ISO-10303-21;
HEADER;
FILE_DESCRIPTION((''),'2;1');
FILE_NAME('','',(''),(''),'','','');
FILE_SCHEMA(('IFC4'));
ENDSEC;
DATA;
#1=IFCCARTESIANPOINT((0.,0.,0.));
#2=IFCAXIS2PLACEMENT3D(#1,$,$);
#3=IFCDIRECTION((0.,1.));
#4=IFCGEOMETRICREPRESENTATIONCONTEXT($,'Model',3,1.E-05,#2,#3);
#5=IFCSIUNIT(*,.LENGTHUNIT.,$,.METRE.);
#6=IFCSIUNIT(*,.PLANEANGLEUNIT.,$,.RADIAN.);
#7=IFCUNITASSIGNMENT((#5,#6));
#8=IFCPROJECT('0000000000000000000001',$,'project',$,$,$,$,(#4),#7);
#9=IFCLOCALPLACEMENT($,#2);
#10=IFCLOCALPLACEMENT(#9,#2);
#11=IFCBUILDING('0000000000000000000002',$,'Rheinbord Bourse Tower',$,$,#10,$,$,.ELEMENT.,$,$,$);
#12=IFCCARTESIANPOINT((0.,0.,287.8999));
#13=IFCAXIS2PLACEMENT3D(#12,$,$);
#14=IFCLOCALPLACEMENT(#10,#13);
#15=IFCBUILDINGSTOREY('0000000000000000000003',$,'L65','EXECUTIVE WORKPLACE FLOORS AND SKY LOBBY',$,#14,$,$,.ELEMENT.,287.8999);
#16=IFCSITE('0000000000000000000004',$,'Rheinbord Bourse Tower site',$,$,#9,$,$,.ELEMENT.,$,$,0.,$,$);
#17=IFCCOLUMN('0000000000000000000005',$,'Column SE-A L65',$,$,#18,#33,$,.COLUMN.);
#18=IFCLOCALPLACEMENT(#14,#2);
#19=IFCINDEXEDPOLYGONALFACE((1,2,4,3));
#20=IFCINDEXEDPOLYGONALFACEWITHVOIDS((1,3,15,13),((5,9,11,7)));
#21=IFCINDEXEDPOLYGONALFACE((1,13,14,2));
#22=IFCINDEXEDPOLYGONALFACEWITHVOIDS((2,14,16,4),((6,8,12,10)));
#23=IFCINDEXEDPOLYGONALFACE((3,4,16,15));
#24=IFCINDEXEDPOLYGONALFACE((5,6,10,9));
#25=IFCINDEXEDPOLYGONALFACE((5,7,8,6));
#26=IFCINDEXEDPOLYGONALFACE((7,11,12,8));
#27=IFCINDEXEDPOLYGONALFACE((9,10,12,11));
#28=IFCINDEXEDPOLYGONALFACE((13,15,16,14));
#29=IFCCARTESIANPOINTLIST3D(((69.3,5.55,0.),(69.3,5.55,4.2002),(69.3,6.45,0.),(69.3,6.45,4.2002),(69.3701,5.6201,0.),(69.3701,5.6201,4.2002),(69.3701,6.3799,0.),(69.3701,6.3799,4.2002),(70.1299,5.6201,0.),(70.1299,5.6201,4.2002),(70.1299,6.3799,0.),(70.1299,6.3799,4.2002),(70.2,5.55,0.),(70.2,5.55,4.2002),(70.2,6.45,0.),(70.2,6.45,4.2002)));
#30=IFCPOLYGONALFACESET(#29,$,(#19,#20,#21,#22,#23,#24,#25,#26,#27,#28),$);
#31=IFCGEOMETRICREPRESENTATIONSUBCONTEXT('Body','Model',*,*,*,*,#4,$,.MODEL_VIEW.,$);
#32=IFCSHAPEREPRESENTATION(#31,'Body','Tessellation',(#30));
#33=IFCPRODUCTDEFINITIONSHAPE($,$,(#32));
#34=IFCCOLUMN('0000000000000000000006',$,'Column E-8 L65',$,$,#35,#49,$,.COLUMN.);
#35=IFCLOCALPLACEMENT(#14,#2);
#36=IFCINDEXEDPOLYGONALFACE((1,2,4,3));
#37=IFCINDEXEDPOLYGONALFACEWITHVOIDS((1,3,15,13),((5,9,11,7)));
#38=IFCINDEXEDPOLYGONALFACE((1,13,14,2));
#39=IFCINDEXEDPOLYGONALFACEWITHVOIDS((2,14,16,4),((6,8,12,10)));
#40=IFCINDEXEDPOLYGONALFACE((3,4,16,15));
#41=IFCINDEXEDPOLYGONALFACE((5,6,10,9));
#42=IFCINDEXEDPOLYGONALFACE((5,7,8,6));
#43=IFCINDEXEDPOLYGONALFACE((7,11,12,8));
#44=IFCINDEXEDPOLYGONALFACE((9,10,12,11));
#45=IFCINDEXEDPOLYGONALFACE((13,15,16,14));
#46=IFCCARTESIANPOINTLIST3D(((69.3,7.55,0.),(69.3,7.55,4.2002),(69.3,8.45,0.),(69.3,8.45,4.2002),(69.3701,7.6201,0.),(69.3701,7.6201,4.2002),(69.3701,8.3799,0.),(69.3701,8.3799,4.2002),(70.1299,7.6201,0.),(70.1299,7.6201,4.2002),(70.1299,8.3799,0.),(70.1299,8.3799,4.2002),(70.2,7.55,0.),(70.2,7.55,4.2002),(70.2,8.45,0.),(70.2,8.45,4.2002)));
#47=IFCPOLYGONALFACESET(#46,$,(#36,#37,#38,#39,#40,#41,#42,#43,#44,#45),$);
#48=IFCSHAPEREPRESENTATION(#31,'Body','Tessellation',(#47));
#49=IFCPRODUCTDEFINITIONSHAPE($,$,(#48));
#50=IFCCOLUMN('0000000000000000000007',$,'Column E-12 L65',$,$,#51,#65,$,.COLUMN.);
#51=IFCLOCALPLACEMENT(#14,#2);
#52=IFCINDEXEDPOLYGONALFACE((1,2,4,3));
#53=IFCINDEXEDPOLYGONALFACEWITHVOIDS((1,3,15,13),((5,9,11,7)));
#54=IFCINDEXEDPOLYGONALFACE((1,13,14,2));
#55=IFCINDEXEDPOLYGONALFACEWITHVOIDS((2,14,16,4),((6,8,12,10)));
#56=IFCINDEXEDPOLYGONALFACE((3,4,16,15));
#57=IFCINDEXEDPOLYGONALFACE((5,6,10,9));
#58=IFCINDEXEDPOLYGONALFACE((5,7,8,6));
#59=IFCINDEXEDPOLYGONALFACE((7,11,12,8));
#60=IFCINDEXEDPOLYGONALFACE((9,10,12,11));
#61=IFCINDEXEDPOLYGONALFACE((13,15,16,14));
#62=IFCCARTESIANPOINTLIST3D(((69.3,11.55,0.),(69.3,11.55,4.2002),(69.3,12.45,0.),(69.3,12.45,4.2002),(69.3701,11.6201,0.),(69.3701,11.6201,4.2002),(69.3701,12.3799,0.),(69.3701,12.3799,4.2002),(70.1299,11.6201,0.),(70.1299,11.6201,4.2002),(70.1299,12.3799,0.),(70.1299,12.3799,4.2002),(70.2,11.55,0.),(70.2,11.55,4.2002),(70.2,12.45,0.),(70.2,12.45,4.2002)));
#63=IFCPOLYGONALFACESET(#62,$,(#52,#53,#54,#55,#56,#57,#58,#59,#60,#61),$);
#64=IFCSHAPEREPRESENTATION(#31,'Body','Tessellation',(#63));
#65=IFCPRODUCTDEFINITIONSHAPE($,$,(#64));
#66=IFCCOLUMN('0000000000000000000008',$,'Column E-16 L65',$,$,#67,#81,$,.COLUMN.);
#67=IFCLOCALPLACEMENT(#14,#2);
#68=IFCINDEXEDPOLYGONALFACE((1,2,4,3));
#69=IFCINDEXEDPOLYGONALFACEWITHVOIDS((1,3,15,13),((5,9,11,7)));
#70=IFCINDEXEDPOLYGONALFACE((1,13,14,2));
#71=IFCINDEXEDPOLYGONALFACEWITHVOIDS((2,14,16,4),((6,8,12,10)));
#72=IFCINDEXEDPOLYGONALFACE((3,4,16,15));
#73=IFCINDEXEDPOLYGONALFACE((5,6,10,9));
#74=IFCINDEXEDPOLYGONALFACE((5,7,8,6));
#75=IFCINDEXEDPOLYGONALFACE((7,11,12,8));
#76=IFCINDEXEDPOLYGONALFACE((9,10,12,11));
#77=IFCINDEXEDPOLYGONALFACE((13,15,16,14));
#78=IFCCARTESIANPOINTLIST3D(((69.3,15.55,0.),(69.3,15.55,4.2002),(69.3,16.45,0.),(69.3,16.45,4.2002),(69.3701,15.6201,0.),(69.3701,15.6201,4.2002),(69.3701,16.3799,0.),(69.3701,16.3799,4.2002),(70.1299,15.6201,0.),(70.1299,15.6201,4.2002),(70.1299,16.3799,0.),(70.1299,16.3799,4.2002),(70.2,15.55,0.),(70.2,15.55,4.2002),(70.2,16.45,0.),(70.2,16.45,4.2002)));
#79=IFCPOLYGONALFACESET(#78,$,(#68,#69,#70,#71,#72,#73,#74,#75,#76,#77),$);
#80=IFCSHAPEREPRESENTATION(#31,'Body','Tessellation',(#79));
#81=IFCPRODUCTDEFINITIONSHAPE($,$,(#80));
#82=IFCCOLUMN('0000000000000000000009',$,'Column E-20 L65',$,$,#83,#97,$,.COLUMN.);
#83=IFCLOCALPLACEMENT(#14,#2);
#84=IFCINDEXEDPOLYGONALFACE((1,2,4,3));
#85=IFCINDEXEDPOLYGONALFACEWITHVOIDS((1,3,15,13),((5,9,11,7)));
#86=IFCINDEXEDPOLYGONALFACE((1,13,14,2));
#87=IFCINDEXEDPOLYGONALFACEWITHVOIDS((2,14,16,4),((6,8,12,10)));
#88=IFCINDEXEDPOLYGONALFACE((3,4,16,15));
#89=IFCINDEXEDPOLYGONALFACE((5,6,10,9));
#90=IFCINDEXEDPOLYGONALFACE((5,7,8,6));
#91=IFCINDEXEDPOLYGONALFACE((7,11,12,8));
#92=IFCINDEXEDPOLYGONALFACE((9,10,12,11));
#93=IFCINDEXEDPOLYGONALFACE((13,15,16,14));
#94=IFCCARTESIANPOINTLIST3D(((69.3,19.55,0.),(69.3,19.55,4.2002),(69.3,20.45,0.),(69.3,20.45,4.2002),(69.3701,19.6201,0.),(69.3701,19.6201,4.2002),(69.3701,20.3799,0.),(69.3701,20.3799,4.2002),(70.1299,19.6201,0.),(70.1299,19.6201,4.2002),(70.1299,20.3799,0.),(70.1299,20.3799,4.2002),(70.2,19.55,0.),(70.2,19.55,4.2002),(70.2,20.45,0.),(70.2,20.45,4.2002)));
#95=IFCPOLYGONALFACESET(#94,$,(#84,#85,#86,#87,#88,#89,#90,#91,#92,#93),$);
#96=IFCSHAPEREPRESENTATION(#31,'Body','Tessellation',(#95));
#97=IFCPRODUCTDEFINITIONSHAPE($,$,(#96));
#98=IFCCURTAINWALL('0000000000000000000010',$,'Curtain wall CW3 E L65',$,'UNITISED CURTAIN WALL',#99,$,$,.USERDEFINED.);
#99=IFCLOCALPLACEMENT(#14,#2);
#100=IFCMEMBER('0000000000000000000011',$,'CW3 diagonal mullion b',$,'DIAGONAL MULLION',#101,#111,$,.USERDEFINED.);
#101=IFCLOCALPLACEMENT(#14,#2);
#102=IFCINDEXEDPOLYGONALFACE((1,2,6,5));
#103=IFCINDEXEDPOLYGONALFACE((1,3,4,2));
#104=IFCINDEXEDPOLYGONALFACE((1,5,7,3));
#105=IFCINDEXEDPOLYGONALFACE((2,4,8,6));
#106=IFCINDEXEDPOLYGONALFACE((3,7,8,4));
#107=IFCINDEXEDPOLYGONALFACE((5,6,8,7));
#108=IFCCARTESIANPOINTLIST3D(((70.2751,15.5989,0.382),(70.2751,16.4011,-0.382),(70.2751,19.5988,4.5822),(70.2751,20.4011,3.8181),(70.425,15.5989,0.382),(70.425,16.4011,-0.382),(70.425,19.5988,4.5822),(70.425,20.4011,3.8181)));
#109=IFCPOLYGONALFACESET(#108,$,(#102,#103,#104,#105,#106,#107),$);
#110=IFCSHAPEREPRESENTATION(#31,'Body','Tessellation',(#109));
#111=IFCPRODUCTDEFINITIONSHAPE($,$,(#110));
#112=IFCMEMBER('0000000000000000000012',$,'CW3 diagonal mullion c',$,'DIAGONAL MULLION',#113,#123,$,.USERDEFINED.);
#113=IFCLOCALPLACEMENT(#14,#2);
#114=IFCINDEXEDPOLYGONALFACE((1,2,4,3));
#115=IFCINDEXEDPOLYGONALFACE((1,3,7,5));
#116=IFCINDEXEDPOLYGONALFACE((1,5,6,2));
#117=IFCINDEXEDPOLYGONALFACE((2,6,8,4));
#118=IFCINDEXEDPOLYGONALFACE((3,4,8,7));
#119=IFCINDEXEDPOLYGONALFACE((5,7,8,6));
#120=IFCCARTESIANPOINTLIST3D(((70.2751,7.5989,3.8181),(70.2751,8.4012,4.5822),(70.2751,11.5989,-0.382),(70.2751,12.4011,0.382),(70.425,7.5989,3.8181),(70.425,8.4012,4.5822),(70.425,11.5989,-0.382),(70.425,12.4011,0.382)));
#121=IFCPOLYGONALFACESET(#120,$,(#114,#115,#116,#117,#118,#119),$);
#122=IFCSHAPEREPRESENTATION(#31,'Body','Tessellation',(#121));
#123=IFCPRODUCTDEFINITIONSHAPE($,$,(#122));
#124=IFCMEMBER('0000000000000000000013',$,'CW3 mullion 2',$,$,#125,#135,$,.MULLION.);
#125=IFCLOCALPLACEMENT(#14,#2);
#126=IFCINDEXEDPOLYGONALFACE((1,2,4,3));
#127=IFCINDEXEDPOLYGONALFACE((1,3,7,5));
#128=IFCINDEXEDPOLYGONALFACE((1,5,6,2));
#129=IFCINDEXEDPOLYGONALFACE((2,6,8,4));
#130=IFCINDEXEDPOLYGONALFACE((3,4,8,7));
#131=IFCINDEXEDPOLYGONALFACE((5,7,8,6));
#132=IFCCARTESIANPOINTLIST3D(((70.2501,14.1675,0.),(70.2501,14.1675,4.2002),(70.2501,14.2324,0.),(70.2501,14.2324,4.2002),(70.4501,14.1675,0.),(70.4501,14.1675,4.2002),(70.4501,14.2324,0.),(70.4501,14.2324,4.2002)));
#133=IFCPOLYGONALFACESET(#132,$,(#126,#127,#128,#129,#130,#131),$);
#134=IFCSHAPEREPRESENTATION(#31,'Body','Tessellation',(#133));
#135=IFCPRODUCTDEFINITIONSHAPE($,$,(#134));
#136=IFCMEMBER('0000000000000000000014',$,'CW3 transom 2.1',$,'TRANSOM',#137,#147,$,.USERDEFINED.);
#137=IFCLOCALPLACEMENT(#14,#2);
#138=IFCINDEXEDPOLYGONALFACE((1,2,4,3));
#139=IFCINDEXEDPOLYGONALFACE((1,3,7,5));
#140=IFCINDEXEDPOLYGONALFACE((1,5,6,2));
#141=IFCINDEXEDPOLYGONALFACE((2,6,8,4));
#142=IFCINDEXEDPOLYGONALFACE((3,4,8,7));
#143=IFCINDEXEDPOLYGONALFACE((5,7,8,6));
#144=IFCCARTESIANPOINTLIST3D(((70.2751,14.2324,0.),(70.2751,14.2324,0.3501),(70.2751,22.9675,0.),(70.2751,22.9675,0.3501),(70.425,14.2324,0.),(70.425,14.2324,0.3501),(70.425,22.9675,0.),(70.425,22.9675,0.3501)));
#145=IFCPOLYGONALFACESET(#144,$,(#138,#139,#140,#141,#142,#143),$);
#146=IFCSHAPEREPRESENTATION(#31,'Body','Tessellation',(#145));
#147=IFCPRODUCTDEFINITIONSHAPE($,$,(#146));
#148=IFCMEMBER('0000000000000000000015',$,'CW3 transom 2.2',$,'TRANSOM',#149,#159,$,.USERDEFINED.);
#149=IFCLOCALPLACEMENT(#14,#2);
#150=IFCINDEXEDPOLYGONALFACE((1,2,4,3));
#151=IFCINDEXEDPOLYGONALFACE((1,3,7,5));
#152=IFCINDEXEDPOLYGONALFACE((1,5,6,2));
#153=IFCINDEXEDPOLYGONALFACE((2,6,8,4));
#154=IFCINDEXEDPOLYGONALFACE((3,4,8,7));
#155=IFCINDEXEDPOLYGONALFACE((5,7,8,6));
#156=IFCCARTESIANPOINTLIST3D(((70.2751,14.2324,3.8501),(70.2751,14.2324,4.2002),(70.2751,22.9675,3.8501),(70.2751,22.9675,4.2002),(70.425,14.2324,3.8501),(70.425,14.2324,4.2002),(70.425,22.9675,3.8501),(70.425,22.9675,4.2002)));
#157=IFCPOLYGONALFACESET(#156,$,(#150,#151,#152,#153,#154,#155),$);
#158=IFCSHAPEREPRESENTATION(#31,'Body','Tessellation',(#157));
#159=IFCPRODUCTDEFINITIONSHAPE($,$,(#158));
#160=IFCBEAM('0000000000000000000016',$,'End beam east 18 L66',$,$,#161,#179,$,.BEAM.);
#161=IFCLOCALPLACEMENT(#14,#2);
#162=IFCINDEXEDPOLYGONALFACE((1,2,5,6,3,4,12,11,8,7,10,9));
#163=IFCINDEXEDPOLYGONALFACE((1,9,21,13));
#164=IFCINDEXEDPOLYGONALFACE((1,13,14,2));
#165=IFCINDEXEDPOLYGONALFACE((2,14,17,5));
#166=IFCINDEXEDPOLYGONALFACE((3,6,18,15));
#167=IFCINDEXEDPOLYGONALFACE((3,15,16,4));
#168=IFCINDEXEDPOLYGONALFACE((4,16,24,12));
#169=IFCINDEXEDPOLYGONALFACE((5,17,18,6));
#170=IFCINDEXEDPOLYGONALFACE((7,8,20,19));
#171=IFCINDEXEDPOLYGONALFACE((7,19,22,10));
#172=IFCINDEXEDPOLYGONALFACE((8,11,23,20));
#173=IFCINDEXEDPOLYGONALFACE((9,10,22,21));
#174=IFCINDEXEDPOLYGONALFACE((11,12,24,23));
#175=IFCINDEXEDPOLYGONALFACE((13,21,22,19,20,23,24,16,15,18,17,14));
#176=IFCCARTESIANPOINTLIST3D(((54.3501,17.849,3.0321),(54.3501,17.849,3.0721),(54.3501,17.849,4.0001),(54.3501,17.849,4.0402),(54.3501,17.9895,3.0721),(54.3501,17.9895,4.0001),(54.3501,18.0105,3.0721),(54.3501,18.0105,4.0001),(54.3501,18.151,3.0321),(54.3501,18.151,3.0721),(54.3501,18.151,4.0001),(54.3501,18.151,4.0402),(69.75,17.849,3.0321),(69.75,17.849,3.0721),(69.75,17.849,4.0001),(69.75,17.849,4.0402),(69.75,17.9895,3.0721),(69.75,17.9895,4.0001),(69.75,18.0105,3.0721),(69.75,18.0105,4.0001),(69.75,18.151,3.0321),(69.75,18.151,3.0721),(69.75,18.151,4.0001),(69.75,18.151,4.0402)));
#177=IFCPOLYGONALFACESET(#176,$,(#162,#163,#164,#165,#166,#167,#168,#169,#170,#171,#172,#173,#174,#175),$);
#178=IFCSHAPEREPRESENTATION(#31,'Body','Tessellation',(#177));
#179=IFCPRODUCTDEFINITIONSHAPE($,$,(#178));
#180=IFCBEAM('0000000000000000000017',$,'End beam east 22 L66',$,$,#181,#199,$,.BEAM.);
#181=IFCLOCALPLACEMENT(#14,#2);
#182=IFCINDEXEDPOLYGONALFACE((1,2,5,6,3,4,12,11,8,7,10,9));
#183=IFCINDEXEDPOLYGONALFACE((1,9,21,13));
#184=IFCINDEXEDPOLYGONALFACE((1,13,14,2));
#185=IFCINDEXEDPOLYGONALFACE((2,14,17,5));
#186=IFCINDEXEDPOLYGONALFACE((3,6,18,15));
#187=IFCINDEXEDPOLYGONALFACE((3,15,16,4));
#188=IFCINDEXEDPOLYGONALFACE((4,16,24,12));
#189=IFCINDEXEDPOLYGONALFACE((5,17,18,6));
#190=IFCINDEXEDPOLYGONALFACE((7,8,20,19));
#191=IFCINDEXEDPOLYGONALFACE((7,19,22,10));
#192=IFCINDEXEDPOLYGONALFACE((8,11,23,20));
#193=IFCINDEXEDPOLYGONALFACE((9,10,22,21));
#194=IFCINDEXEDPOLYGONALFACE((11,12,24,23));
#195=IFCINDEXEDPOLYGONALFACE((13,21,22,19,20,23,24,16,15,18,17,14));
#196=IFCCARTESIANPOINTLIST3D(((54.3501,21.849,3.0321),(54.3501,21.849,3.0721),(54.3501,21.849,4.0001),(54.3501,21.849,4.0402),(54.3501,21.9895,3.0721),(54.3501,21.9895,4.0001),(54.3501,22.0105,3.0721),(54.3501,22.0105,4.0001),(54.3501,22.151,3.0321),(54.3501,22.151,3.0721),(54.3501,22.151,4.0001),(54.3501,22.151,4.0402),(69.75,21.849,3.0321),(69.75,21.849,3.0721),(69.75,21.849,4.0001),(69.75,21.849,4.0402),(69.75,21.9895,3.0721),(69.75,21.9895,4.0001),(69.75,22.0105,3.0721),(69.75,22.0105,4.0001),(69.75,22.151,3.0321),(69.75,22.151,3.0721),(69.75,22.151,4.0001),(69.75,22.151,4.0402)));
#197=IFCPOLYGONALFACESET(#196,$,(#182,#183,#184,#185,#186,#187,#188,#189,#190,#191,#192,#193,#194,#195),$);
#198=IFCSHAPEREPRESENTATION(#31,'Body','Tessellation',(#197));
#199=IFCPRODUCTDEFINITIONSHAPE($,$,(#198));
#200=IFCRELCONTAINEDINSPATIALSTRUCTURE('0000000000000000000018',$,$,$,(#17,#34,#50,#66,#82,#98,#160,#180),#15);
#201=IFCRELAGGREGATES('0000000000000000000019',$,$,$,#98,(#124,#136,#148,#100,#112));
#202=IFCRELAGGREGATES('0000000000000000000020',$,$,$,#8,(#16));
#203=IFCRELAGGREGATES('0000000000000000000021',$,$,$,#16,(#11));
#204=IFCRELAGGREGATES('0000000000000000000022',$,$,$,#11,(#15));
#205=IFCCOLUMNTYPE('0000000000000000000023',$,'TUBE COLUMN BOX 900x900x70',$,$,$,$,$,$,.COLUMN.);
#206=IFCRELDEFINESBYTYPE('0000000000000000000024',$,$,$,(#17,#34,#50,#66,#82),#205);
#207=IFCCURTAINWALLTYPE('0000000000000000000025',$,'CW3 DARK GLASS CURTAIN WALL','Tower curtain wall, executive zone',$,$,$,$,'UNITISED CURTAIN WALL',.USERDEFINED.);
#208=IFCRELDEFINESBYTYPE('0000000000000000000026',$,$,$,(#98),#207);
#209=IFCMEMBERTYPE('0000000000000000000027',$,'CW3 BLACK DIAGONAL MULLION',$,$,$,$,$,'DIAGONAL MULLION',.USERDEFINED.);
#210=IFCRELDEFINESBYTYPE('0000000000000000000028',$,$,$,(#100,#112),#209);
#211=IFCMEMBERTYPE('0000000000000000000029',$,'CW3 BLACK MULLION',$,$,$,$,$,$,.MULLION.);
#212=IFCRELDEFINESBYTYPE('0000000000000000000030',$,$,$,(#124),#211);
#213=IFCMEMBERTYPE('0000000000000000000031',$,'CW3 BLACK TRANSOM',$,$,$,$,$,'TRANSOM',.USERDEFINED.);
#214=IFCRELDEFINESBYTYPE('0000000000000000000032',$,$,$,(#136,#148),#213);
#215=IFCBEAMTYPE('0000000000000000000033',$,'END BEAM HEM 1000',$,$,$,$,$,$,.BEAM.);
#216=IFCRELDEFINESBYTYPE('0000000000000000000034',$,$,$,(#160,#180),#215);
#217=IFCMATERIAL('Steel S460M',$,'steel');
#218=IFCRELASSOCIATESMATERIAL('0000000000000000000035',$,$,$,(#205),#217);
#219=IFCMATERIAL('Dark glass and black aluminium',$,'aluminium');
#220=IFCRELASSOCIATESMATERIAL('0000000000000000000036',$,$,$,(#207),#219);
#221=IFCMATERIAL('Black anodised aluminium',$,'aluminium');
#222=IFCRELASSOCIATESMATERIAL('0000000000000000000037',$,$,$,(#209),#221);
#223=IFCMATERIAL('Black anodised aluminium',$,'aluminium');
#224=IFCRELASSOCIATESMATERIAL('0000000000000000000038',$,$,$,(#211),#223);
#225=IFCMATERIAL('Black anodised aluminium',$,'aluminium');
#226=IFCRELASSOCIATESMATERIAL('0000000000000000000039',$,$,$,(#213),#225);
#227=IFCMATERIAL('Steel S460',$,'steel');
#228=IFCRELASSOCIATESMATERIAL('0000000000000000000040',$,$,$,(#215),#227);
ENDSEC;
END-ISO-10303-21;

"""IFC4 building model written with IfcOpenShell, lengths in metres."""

from ifc_helpers import new_model, si_unit, direction, frame, origin, origin_2d, place, context, subcontext, project, spatial, rectangle, hollow_rectangle, i_section, extrude, material, material_profile, profile_set, type_object, element, aggregate, save


model = new_model("IFC4")

# Units and contexts
model_context = context("Model", 3, precision=1e-05, world=origin(), true_north=direction((0.0, 1.0)))
body_context = subcontext(model_context, "Body", "Model", "MODEL_VIEW")
ifc_project = project(units=[si_unit("LENGTHUNIT", "METRE"), si_unit("PLANEANGLEUNIT", "RADIAN")], contexts=[model_context])

# Site, building, storey
site_placement = place(None, origin())
site = spatial("IfcSite", under=ifc_project, at=site_placement, Name="Rheinbord Bourse Tower site", CompositionType="ELEMENT", RefElevation=0.0)
building_placement = place(site_placement, origin())
building = spatial("IfcBuilding", under=site, at=building_placement, Name="Rheinbord Bourse Tower", CompositionType="ELEMENT")
storey_placement = place(building_placement, frame((0.0, 0.0, 287.8999)))
storey = spatial("IfcBuildingStorey", under=building, at=storey_placement, Name="L65", Description="EXECUTIVE WORKPLACE FLOORS AND SKY LOBBY", CompositionType="ELEMENT", Elevation=287.8999)

# Columns
ifc_material_1 = material(Name="Steel S460M", Category="steel")
ifc_material_profile_1 = material_profile(ifc_material_1, hollow_rectangle(XDim=0.8999, YDim=0.8999, WallThickness=0.0701, at=origin_2d()), Name="BOX 900x900x70")
ifc_profile_set_1 = profile_set([ifc_material_profile_1], Name="Steel S460M")
column_type = type_object("IfcColumnType", Name="TUBE COLUMN BOX 900x900x70", PredefinedType="COLUMN", material=ifc_profile_set_1)
for number, where, z_axis, x_axis, name in (
    (1, (69.75, 6.0, 0.0), (0.0, 0.0, 1.0), (1.0, 0.0, 0.0), "Column SE-A L65"),
    (2, (69.75, 8.0, 0.0), (0.0, 0.0, 1.0), (1.0, 0.0, 0.0), "Column E-8 L65"),
    (3, (69.75, 12.0, 0.0), (0.0, 0.0, 1.0), (1.0, 0.0, 0.0), "Column E-12 L65"),
    (4, (69.75, 16.0, 0.0), (0.0, 0.0, 1.0), (1.0, 0.0, 0.0), "Column E-16 L65"),
    (5, (69.75, 20.0, 0.0), (0.0, 0.0, 1.0), (1.0, 0.0, 0.0), "Column E-20 L65"),
):
    element("IfcColumn", number, at=place(storey_placement, frame(where, z_axis=z_axis, x_axis=x_axis)), inside=storey, type_object=column_type, Name=name, PredefinedType="COLUMN", context=body_context, shape_type="SweptSolid", body=[
        extrude(hollow_rectangle(XDim=0.8999, YDim=0.8999, WallThickness=0.0701, at=origin_2d()), origin(), (0.0, 0.0, 1.0), 4.2002),
    ])

# Curtain wall, members
ifc_material_2 = material(Name="Dark glass and black aluminium", Category="aluminium")
curtain_wall_type = type_object("IfcCurtainWallType", Name="CW3 DARK GLASS CURTAIN WALL", Description="Tower curtain wall, executive zone", ElementType="UNITISED CURTAIN WALL", PredefinedType="USERDEFINED", material=ifc_material_2)
curtain_wall_placement = place(storey_placement, origin())
curtain_wall = element("IfcCurtainWall", 6, at=curtain_wall_placement, inside=storey, type_object=curtain_wall_type, Name="Curtain wall CW3 E L65", ObjectType="UNITISED CURTAIN WALL", PredefinedType="USERDEFINED")
ifc_material_3 = material(Name="Black anodised aluminium", Category="aluminium")
ifc_material_profile_2 = material_profile(ifc_material_3, rectangle(XDim=0.1499, YDim=1.1079, at=origin_2d()), Name="CW3 DIAGONAL MULLION 1108x150")
ifc_profile_set_2 = profile_set([ifc_material_profile_2], Name="Black anodised aluminium")
member_type_1 = type_object("IfcMemberType", Name="CW3 BLACK DIAGONAL MULLION", ElementType="DIAGONAL MULLION", PredefinedType="USERDEFINED", material=ifc_profile_set_2)
member_1_placement = place(storey_placement, frame((70.3501, 16.0, 0.0), z_axis=(0.0, 0.689638, 0.724154), x_axis=(-1.0, 0.0, 0.0)))
member_1 = element("IfcMember", 7, at=member_1_placement, type_object=member_type_1, Name="CW3 diagonal mullion b", ObjectType="DIAGONAL MULLION", PredefinedType="USERDEFINED", context=body_context, shape_type="SweptSolid", body=[
    extrude(rectangle(XDim=0.1499, YDim=1.1079, at=origin_2d()), origin(), (0.0, 0.0, 1.0), 5.8),
])
member_2_placement = place(storey_placement, frame((70.3501, 12.0, 0.0), z_axis=(0.0, -0.689638, 0.724154), x_axis=(1.0, 0.0, 0.0)))
member_2 = element("IfcMember", 8, at=member_2_placement, type_object=member_type_1, Name="CW3 diagonal mullion c", ObjectType="DIAGONAL MULLION", PredefinedType="USERDEFINED", context=body_context, shape_type="SweptSolid", body=[
    extrude(rectangle(XDim=0.1499, YDim=1.1079, at=origin_2d()), origin(), (0.0, 0.0, 1.0), 5.8),
])
ifc_material_4 = material(Name="Black anodised aluminium", Category="aluminium")
ifc_material_profile_3 = material_profile(ifc_material_4, rectangle(XDim=0.2, YDim=0.0649, at=origin_2d()), Name="CW3 MULLION 65x200")
ifc_profile_set_3 = profile_set([ifc_material_profile_3], Name="Black anodised aluminium")
member_type_2 = type_object("IfcMemberType", Name="CW3 BLACK MULLION", PredefinedType="MULLION", material=ifc_profile_set_3)
member_3_placement = place(storey_placement, frame((70.3501, 14.2, 0.0), z_axis=(0.0, 0.0, 1.0), x_axis=(-1.0, 0.0, 0.0)))
member_3 = element("IfcMember", 9, at=member_3_placement, type_object=member_type_2, Name="CW3 mullion 2", PredefinedType="MULLION", context=body_context, shape_type="SweptSolid", body=[
    extrude(rectangle(XDim=0.2, YDim=0.0649, at=origin_2d()), origin(), (0.0, 0.0, 1.0), 4.2002),
])
ifc_material_5 = material(Name="Black anodised aluminium", Category="aluminium")
ifc_material_profile_4 = material_profile(ifc_material_5, rectangle(XDim=0.1499, YDim=0.3501, at=origin_2d()), Name="CW3 TRANSOM 350x150")
ifc_profile_set_4 = profile_set([ifc_material_profile_4], Name="Black anodised aluminium")
member_type_3 = type_object("IfcMemberType", Name="CW3 BLACK TRANSOM", ElementType="TRANSOM", PredefinedType="USERDEFINED", material=ifc_profile_set_4)
member_4_placement = place(storey_placement, frame((70.3501, 14.2324, 0.175), z_axis=(0.0, 1.0, 0.0), x_axis=(-1.0, 0.0, 0.0)))
member_4 = element("IfcMember", 10, at=member_4_placement, type_object=member_type_3, Name="CW3 transom 2.1", ObjectType="TRANSOM", PredefinedType="USERDEFINED", context=body_context, shape_type="SweptSolid", body=[
    extrude(rectangle(XDim=0.1499, YDim=0.3501, at=origin_2d()), origin(), (0.0, 0.0, 1.0), 8.7351),
])
member_5_placement = place(storey_placement, frame((70.3501, 14.2324, 4.0251), z_axis=(0.0, 1.0, 0.0), x_axis=(-1.0, 0.0, 0.0)))
member_5 = element("IfcMember", 11, at=member_5_placement, type_object=member_type_3, Name="CW3 transom 2.2", ObjectType="TRANSOM", PredefinedType="USERDEFINED", context=body_context, shape_type="SweptSolid", body=[
    extrude(rectangle(XDim=0.1499, YDim=0.3501, at=origin_2d()), origin(), (0.0, 0.0, 1.0), 8.7351),
])

# Beams
ifc_material_6 = material(Name="Steel S460", Category="steel")
ifc_material_profile_5 = material_profile(ifc_material_6, i_section(OverallWidth=0.302, OverallDepth=1.0081, WebThickness=0.021, FlangeThickness=0.04, at=origin_2d()), Name="HEM 1000")
ifc_profile_set_5 = profile_set([ifc_material_profile_5], Name="Steel S460")
beam_type_1 = type_object("IfcBeamType", Name="END BEAM HEM 1000", PredefinedType="BEAM", material=ifc_profile_set_5)
for number, where, z_axis, x_axis, name in (
    (12, (54.3501, 18.0, 3.5361), (1.0, 0.0, 0.0), (0.0, 1.0, 0.0), "End beam east 18 L66"),
    (13, (54.3501, 22.0, 3.5361), (1.0, 0.0, 0.0), (0.0, 1.0, 0.0), "End beam east 22 L66"),
):
    element("IfcBeam", number, at=place(storey_placement, frame(where, z_axis=z_axis, x_axis=x_axis)), inside=storey, type_object=beam_type_1, Name=name, PredefinedType="BEAM", context=body_context, shape_type="SweptSolid", body=[
        extrude(i_section(OverallWidth=0.302, OverallDepth=1.0081, WebThickness=0.021, FlangeThickness=0.04, at=origin_2d()), origin(), (0.0, 0.0, 1.0), 15.3999),
    ])

aggregate(curtain_wall, [member_3, member_4, member_5, member_1, member_2])

save(model, "model.ifc")
